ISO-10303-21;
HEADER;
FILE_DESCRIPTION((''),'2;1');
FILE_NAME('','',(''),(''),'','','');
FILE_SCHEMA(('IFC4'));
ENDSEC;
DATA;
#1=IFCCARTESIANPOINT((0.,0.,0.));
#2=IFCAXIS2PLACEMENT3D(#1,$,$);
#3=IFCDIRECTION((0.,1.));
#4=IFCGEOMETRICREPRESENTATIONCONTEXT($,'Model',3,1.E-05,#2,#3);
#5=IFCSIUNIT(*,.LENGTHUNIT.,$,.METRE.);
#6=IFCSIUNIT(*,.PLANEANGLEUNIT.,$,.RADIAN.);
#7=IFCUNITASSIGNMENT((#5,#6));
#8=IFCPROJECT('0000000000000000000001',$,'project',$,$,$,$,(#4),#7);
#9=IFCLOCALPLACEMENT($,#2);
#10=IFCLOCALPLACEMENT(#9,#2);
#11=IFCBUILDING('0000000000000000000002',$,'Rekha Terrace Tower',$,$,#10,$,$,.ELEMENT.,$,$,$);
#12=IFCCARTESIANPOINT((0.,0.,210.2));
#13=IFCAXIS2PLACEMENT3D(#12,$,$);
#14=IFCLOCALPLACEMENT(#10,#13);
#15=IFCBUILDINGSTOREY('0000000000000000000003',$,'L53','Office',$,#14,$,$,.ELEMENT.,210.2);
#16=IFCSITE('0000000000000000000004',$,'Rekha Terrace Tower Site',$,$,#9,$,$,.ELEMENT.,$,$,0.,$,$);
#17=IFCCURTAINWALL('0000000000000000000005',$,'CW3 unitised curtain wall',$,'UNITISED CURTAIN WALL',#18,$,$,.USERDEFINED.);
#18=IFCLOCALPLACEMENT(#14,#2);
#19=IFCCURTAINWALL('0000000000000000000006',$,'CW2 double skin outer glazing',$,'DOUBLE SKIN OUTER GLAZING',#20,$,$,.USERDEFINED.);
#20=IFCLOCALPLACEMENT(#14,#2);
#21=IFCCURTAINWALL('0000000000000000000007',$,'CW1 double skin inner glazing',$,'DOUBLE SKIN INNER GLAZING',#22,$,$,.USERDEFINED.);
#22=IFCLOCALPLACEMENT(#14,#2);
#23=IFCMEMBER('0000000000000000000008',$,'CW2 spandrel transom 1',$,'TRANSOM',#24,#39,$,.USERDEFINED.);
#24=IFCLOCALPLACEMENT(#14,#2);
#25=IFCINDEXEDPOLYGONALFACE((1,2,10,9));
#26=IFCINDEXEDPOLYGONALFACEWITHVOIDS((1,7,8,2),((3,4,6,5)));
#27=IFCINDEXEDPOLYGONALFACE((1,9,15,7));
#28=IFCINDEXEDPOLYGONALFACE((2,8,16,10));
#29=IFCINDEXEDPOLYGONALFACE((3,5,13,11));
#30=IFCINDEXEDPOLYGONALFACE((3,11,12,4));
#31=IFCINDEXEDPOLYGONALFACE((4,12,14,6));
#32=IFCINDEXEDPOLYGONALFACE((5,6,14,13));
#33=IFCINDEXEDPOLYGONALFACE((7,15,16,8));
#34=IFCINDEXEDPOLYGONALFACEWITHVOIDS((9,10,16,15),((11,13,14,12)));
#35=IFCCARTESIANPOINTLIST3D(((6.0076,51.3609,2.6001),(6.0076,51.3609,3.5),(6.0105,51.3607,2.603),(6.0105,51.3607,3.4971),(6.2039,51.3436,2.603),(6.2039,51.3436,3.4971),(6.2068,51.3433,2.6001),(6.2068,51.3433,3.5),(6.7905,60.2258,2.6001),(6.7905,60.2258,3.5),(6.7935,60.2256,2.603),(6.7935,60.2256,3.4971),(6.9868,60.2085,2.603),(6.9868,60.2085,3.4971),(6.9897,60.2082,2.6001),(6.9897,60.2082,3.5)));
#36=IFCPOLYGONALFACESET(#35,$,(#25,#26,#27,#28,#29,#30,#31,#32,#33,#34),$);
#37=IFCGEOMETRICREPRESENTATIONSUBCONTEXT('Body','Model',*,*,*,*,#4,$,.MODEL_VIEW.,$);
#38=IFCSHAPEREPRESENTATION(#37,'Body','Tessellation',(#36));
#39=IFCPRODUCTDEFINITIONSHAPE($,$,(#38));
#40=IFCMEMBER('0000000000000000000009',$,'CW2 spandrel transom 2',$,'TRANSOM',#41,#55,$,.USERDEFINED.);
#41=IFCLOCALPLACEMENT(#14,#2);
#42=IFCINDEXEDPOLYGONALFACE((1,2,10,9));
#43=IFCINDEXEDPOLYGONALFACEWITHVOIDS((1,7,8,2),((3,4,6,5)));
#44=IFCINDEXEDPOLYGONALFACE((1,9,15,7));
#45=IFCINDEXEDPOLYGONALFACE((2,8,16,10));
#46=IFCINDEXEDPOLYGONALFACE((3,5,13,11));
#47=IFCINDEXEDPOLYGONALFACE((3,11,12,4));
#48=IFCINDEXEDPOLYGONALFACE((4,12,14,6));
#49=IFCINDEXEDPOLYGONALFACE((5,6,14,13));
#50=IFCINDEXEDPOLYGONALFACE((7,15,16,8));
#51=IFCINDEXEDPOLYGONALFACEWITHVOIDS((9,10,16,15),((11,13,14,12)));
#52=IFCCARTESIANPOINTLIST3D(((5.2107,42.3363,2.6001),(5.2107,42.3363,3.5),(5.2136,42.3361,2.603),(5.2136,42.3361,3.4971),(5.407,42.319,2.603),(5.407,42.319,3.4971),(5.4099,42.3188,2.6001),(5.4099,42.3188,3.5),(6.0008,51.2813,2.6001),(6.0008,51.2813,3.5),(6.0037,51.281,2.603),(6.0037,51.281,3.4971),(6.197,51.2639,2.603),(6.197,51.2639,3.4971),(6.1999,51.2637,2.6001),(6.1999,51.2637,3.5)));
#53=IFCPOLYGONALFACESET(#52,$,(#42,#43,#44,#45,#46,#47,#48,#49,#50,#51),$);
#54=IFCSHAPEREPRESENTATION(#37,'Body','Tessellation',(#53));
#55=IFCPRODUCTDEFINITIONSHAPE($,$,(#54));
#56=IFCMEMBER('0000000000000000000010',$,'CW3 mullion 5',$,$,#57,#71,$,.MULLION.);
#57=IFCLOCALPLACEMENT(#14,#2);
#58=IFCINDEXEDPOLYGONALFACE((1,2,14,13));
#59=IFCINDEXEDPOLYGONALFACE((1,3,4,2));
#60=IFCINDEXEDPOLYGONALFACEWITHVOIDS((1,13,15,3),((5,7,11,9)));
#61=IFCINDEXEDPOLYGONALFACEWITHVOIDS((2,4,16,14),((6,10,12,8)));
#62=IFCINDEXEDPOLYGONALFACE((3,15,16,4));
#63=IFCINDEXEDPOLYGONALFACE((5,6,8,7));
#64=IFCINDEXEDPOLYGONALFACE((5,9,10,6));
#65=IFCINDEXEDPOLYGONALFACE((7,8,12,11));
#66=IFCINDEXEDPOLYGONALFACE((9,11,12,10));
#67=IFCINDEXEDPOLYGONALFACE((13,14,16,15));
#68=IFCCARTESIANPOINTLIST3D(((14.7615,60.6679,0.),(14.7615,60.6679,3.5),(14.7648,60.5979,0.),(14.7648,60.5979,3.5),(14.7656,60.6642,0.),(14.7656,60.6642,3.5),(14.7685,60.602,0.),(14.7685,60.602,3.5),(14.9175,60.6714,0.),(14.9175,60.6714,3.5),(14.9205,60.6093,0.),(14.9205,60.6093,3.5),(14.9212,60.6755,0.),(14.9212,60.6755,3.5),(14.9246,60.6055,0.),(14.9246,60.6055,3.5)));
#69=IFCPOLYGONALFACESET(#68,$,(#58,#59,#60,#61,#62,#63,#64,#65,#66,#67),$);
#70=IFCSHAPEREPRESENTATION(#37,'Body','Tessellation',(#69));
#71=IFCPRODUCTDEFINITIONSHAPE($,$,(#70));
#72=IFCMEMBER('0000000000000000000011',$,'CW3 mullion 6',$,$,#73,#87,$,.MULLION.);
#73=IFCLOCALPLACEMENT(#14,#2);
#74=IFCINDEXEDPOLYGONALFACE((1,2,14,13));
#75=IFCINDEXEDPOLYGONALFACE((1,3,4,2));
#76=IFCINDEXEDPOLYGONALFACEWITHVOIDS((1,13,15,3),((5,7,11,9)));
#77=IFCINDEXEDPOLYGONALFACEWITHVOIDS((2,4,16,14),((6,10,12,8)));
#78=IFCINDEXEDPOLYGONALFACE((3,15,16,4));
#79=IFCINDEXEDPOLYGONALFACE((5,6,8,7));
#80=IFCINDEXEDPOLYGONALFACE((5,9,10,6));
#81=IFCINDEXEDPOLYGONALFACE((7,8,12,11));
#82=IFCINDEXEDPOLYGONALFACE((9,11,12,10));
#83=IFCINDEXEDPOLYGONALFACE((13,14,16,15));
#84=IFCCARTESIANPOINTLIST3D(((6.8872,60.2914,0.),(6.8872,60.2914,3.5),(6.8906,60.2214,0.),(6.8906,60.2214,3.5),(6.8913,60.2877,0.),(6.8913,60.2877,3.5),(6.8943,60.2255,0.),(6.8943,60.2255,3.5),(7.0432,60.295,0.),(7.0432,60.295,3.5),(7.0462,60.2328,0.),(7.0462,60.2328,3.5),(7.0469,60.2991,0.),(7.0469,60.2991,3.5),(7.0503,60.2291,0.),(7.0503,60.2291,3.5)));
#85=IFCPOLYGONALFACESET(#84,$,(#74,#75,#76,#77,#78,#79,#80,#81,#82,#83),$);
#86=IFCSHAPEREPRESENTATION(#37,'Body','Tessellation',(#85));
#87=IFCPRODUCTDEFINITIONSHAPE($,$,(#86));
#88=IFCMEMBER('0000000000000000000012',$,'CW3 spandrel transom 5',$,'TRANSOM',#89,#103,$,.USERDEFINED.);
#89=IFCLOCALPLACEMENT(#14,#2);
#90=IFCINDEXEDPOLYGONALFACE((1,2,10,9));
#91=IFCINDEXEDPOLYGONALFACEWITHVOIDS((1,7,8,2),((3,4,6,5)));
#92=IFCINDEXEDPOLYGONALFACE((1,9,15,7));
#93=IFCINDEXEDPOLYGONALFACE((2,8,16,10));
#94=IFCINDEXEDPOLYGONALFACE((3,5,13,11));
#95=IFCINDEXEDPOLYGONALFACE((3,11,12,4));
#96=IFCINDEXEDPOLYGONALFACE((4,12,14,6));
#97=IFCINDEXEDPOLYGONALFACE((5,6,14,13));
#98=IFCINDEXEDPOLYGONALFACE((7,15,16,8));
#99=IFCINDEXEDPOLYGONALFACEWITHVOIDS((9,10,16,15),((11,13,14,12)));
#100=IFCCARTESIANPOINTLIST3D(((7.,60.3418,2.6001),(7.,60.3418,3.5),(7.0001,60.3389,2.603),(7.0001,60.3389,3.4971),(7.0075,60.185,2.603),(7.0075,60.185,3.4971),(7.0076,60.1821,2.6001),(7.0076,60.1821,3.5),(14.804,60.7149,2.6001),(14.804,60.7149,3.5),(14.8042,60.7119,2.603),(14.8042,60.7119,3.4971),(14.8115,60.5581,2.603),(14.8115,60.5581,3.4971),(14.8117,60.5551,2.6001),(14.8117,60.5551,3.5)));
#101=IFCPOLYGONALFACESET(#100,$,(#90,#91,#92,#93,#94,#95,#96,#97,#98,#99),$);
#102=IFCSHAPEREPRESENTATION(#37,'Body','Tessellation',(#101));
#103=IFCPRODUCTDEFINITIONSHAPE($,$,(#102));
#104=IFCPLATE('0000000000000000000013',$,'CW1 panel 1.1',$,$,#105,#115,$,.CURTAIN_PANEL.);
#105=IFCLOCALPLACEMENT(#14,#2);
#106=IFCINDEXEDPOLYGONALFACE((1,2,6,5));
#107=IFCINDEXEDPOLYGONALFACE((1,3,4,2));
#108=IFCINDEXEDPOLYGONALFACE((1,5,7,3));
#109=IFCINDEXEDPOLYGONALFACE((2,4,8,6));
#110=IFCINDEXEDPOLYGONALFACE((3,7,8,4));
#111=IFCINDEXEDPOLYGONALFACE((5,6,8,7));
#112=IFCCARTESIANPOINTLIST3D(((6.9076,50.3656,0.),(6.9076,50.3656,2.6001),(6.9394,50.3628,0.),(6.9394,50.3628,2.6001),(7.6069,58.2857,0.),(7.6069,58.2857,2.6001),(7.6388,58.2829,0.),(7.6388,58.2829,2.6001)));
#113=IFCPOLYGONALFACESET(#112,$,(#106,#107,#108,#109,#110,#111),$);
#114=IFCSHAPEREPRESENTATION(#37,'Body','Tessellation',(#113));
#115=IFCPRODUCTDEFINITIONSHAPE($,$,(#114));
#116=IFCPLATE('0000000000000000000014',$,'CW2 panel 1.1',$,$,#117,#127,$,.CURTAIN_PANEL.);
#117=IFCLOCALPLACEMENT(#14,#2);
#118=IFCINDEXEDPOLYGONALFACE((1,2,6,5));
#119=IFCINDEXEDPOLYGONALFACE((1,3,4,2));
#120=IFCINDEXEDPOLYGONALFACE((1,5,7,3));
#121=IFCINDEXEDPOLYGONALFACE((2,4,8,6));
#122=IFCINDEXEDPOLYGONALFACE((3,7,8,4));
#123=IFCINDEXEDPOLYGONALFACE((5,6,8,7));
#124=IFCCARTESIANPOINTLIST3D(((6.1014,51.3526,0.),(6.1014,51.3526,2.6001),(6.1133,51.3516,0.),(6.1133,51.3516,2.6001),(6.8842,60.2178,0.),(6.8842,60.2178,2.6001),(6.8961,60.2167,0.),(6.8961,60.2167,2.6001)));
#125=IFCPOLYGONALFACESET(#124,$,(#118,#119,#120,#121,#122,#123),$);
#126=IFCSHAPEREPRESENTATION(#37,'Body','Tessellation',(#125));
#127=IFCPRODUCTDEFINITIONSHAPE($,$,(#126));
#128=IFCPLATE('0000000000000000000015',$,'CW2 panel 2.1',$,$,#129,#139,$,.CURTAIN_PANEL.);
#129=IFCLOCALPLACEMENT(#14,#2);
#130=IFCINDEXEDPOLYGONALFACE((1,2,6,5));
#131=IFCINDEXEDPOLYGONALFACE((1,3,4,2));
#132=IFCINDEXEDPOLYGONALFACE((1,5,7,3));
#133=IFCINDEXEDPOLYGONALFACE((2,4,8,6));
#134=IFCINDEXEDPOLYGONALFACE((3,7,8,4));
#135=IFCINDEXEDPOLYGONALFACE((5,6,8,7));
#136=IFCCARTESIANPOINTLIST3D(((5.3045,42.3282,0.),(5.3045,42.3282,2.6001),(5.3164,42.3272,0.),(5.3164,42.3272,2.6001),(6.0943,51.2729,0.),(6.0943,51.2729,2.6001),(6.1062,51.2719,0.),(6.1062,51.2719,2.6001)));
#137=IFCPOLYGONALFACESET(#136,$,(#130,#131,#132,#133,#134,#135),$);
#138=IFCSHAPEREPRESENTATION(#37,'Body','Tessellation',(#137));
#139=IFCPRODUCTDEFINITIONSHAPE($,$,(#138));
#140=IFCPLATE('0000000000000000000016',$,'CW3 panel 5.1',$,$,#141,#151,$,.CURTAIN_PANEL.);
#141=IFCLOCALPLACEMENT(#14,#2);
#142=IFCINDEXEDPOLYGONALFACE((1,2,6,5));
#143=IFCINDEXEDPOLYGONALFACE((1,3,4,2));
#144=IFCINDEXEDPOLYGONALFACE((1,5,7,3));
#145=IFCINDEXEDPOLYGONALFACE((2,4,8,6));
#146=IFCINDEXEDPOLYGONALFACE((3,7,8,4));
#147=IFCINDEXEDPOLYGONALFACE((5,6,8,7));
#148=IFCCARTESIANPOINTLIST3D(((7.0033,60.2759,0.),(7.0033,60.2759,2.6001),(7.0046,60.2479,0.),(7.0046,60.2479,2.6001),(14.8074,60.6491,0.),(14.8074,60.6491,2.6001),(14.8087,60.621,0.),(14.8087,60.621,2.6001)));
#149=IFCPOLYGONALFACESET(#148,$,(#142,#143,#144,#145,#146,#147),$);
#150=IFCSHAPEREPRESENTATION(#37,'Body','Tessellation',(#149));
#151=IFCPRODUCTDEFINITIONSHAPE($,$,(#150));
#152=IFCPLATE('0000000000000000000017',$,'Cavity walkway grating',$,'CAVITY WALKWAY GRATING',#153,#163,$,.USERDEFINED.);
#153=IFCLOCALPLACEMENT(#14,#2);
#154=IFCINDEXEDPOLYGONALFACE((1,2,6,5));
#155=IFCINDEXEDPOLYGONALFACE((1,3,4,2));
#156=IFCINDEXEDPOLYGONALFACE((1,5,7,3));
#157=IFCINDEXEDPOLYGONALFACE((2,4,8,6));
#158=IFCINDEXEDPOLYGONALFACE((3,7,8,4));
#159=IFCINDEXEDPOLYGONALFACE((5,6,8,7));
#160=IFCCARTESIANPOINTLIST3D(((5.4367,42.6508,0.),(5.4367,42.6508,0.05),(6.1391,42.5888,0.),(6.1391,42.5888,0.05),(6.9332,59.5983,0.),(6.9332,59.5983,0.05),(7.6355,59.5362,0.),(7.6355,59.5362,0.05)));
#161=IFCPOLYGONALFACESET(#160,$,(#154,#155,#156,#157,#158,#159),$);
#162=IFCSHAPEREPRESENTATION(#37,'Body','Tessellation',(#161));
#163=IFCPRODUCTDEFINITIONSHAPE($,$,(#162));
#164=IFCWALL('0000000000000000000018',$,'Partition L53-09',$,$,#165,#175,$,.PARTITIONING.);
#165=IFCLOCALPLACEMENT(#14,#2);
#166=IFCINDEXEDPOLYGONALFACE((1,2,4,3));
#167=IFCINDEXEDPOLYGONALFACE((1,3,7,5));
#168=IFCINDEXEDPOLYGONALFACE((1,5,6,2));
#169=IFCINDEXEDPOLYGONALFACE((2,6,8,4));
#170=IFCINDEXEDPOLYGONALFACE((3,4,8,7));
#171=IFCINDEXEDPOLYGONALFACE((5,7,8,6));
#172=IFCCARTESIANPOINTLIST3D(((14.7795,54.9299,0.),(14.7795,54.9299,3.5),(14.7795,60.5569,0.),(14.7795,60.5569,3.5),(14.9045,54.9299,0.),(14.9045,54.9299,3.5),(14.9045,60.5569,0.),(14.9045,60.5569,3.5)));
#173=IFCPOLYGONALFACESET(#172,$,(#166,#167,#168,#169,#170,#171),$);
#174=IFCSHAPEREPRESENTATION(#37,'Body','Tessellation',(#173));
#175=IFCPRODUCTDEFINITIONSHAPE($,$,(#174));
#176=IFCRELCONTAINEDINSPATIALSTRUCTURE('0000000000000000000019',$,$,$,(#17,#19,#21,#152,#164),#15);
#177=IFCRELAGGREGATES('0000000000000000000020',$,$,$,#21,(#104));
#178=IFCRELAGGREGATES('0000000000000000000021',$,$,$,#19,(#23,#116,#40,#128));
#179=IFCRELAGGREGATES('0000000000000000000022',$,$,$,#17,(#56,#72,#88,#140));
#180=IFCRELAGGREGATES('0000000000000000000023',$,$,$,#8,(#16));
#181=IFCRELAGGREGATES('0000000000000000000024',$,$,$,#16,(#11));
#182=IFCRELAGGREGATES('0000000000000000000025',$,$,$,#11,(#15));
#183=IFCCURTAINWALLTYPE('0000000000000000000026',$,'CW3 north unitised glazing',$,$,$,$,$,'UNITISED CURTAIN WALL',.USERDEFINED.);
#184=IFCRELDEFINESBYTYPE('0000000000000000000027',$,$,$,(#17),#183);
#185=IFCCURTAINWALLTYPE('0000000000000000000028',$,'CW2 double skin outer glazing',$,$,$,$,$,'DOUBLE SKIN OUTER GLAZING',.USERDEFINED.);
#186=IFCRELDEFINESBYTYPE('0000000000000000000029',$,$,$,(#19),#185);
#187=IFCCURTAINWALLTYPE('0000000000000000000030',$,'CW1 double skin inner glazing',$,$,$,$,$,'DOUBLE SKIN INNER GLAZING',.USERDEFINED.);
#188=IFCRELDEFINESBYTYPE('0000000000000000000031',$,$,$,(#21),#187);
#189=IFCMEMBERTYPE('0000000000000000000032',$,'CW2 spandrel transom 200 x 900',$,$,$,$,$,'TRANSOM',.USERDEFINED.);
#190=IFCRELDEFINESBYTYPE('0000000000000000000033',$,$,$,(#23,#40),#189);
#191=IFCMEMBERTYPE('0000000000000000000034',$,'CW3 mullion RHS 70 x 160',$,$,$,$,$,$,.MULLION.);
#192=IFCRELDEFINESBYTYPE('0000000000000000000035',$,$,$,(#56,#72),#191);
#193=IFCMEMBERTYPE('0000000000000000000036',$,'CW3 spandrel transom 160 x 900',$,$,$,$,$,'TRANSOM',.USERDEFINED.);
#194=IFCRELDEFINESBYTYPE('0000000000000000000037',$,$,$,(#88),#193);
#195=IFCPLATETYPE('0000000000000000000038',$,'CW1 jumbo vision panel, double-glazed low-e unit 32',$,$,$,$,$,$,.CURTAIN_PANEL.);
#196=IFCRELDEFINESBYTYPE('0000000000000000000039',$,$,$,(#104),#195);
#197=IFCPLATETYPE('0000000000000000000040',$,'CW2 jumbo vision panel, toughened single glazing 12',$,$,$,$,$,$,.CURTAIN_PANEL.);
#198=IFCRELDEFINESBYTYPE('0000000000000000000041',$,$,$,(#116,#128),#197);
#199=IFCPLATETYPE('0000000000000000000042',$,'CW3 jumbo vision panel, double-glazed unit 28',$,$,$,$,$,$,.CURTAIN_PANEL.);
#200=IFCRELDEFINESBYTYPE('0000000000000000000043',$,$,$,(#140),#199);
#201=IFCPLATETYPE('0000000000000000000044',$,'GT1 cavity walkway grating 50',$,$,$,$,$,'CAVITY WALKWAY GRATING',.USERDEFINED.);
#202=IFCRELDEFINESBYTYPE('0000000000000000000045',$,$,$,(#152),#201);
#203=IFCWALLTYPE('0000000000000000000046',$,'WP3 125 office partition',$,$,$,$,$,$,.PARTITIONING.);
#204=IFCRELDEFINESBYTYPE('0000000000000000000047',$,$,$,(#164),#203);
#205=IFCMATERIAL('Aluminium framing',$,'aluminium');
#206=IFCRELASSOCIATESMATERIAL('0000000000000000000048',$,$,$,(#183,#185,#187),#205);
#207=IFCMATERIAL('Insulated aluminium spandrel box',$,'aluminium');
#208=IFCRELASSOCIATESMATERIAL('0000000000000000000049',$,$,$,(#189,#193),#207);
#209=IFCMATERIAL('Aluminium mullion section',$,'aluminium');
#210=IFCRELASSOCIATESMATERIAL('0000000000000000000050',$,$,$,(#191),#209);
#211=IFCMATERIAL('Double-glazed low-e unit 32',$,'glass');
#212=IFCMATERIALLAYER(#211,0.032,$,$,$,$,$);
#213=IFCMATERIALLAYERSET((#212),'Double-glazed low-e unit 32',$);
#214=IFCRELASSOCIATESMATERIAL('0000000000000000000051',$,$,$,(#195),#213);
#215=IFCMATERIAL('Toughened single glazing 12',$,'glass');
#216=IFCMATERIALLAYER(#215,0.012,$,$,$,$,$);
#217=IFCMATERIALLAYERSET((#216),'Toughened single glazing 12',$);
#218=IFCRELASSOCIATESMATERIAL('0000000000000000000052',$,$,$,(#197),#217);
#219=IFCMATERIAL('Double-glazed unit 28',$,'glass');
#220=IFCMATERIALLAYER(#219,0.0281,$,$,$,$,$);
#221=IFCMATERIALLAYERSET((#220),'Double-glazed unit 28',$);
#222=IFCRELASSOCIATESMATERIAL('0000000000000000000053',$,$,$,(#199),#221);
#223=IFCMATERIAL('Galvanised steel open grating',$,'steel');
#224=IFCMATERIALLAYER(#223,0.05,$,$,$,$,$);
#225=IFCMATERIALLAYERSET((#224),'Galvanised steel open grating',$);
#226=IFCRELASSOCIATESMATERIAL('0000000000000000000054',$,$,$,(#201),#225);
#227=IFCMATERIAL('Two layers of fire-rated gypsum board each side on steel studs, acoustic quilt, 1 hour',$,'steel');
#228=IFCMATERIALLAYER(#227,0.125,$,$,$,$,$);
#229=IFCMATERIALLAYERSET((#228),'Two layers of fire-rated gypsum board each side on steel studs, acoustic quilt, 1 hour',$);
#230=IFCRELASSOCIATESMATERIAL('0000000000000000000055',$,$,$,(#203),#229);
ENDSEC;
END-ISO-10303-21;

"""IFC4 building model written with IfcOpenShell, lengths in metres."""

from ifc_helpers import new_model, si_unit, direction, frame, frame_2d, origin, origin_2d, place, context, subcontext, project, spatial, rectangle, hollow_rectangle, extrude, material, layer, layer_set, material_profile, profile_set, type_object, element, aggregate, save


model = new_model("IFC4")

# Units and contexts
model_context = context("Model", 3, precision=1e-05, world=origin(), true_north=direction((0.0, 1.0)))
body_context = subcontext(model_context, "Body", "Model", "MODEL_VIEW")
ifc_project = project(units=[si_unit("LENGTHUNIT", "METRE"), si_unit("PLANEANGLEUNIT", "RADIAN")], contexts=[model_context])

# Site, building, storey
site_placement = place(None, origin())
site = spatial("IfcSite", under=ifc_project, at=site_placement, Name="Rekha Terrace Tower Site", CompositionType="ELEMENT", RefElevation=0.0)
building_placement = place(site_placement, origin())
building = spatial("IfcBuilding", under=site, at=building_placement, Name="Rekha Terrace Tower", CompositionType="ELEMENT")
storey_placement = place(building_placement, frame((0.0, 0.0, 210.2)))
storey = spatial("IfcBuildingStorey", under=building, at=storey_placement, Name="L53", Description="Office", CompositionType="ELEMENT", Elevation=210.2)

# Curtain walls
ifc_material_1 = material(Name="Aluminium framing", Category="aluminium")
curtain_wall_type_1 = type_object("IfcCurtainWallType", Name="CW3 north unitised glazing", ElementType="UNITISED CURTAIN WALL", PredefinedType="USERDEFINED", material=ifc_material_1)
curtain_wall_1_placement = place(storey_placement, origin())
curtain_wall_1 = element("IfcCurtainWall", 1, at=curtain_wall_1_placement, inside=storey, type_object=curtain_wall_type_1, Name="CW3 unitised curtain wall", ObjectType="UNITISED CURTAIN WALL", PredefinedType="USERDEFINED")
curtain_wall_type_2 = type_object("IfcCurtainWallType", Name="CW2 double skin outer glazing", ElementType="DOUBLE SKIN OUTER GLAZING", PredefinedType="USERDEFINED", material=ifc_material_1)
curtain_wall_2_placement = place(storey_placement, origin())
curtain_wall_2 = element("IfcCurtainWall", 2, at=curtain_wall_2_placement, inside=storey, type_object=curtain_wall_type_2, Name="CW2 double skin outer glazing", ObjectType="DOUBLE SKIN OUTER GLAZING", PredefinedType="USERDEFINED")

# Curtain wall
curtain_wall_type_3 = type_object("IfcCurtainWallType", Name="CW1 double skin inner glazing", ElementType="DOUBLE SKIN INNER GLAZING", PredefinedType="USERDEFINED", material=ifc_material_1)
curtain_wall_3_placement = place(storey_placement, origin())
curtain_wall_3 = element("IfcCurtainWall", 3, at=curtain_wall_3_placement, inside=storey, type_object=curtain_wall_type_3, Name="CW1 double skin inner glazing", ObjectType="DOUBLE SKIN INNER GLAZING", PredefinedType="USERDEFINED")
ifc_material_2 = material(Name="Aluminium mullion section", Category="aluminium")
ifc_material_3 = material(Name="Insulated aluminium spandrel box", Category="aluminium")

# Members
ifc_material_profile_1 = material_profile(ifc_material_3, hollow_rectangle(XDim=0.2, YDim=0.8999, WallThickness=0.0029, at=origin_2d()), Name="AL SPANDREL BOX 200x900")
ifc_profile_set_1 = profile_set([ifc_material_profile_1], Name="Insulated aluminium spandrel box")
member_type_1 = type_object("IfcMemberType", Name="CW2 spandrel transom 200 x 900", ElementType="TRANSOM", PredefinedType="USERDEFINED", material=ifc_profile_set_1)
member_1_placement = place(storey_placement, frame((6.8901, 60.217, 3.05), z_axis=(-0.087978, -0.996122, 0.0), x_axis=(0.996122, -0.087978, 0.0)))
member_1 = element("IfcMember", 4, at=member_1_placement, type_object=member_type_1, Name="CW2 spandrel transom 1", ObjectType="TRANSOM", PredefinedType="USERDEFINED", context=body_context, shape_type="SweptSolid", body=[
    extrude(hollow_rectangle(XDim=0.2, YDim=0.8999, WallThickness=0.0029, at=origin_2d()), origin(), (0.0, 0.0, 1.0), 8.8994),
])
member_2_placement = place(storey_placement, frame((6.1003, 51.2725, 3.05), z_axis=(-0.087981, -0.996122, 0.0), x_axis=(0.996122, -0.087981, 0.0)))
member_2 = element("IfcMember", 5, at=member_2_placement, type_object=member_type_1, Name="CW2 spandrel transom 2", ObjectType="TRANSOM", PredefinedType="USERDEFINED", context=body_context, shape_type="SweptSolid", body=[
    extrude(hollow_rectangle(XDim=0.2, YDim=0.8999, WallThickness=0.0029, at=origin_2d()), origin(), (0.0, 0.0, 1.0), 8.9797),
])
ifc_material_profile_2 = material_profile(ifc_material_2, hollow_rectangle(XDim=0.0701, YDim=0.1599, WallThickness=0.0039, at=origin_2d()), Name="AL RHS 70x160")
ifc_profile_set_2 = profile_set([ifc_material_profile_2], Name="Aluminium mullion section")
member_type_2 = type_object("IfcMemberType", Name="CW3 mullion RHS 70 x 160", PredefinedType="MULLION", material=ifc_profile_set_2)
member_3_placement = place(storey_placement, frame((14.843, 60.6367, 0.0), z_axis=(0.0, 0.0, 1.0), x_axis=(0.047759, -0.998859, 0.0)))
member_3 = element("IfcMember", 6, at=member_3_placement, type_object=member_type_2, Name="CW3 mullion 5", PredefinedType="MULLION", context=body_context, shape_type="SweptSolid", body=[
    extrude(hollow_rectangle(XDim=0.0701, YDim=0.1599, WallThickness=0.0039, at=origin_2d()), origin(), (0.0, 0.0, 1.0), 3.5),
])
member_4_placement = place(storey_placement, frame((6.9688, 60.2603, 0.0), z_axis=(0.0, 0.0, 1.0), x_axis=(0.047759, -0.998859, 0.0)))
member_4 = element("IfcMember", 7, at=member_4_placement, type_object=member_type_2, Name="CW3 mullion 6", PredefinedType="MULLION", context=body_context, shape_type="SweptSolid", body=[
    extrude(hollow_rectangle(XDim=0.0701, YDim=0.1599, WallThickness=0.0039, at=origin_2d()), origin(), (0.0, 0.0, 1.0), 3.5),
])
ifc_material_profile_3 = material_profile(ifc_material_3, hollow_rectangle(XDim=0.1599, YDim=0.8999, WallThickness=0.0029, at=origin_2d()), Name="AL SPANDREL BOX 160x900")
ifc_profile_set_3 = profile_set([ifc_material_profile_3], Name="Insulated aluminium spandrel box")
member_type_3 = type_object("IfcMemberType", Name="CW3 spandrel transom 160 x 900", ElementType="TRANSOM", PredefinedType="USERDEFINED", material=ifc_profile_set_3)
member_5_placement = place(storey_placement, frame((14.8079, 60.635, 3.05), z_axis=(-0.998859, -0.047748, 0.0), x_axis=(0.047748, -0.998859, 0.0)))
member_5 = element("IfcMember", 8, at=member_5_placement, type_object=member_type_3, Name="CW3 spandrel transom 5", ObjectType="TRANSOM", PredefinedType="USERDEFINED", context=body_context, shape_type="SweptSolid", body=[
    extrude(hollow_rectangle(XDim=0.1599, YDim=0.8999, WallThickness=0.0029, at=origin_2d()), origin(), (0.0, 0.0, 1.0), 7.813),
])

# Plates
ifc_material_4 = material(Name="Double-glazed low-e unit 32", Category="glass")
ifc_layer_1 = layer(ifc_material_4, 0.032)
ifc_layer_set_1 = layer_set([ifc_layer_1], Name="Double-glazed low-e unit 32")
plate_type_1 = type_object("IfcPlateType", Name="CW1 jumbo vision panel, double-glazed low-e unit 32", PredefinedType="CURTAIN_PANEL", material=ifc_layer_set_1)
plate_1_placement = place(storey_placement, frame((7.2732, 54.3242, 0.0), z_axis=(0.0, 0.0, 1.0), x_axis=(-0.087958, -0.996124, 0.0)))
plate_1 = element("IfcPlate", 9, at=plate_1_placement, type_object=plate_type_1, Name="CW1 panel 1.1", PredefinedType="CURTAIN_PANEL", context=body_context, shape_type="SweptSolid", body=[
    extrude(rectangle(XDim=7.9509, YDim=0.032, at=origin_2d()), origin(), (0.0, 0.0, 1.0), 2.6001),
])
aggregate(curtain_wall_3, [plate_1])
ifc_material_5 = material(Name="Toughened single glazing 12", Category="glass")
ifc_layer_2 = layer(ifc_material_5, 0.012)
ifc_layer_set_2 = layer_set([ifc_layer_2], Name="Toughened single glazing 12")
plate_type_2 = type_object("IfcPlateType", Name="CW2 jumbo vision panel, toughened single glazing 12", PredefinedType="CURTAIN_PANEL", material=ifc_layer_set_2)
plate_2_placement = place(storey_placement, frame((6.4988, 55.7847, 0.0), z_axis=(0.0, 0.0, 1.0), x_axis=(-0.087958, -0.996124, 0.0)))
plate_2 = element("IfcPlate", 10, at=plate_2_placement, type_object=plate_type_2, Name="CW2 panel 1.1", PredefinedType="CURTAIN_PANEL", context=body_context, shape_type="SweptSolid", body=[
    extrude(rectangle(XDim=8.8997, YDim=0.012, at=origin_2d()), origin(), (0.0, 0.0, 1.0), 2.6001),
])
plate_3_placement = place(storey_placement, frame((5.7053, 46.8, 0.0), z_axis=(0.0, 0.0, 1.0), x_axis=(-0.087958, -0.996124, 0.0)))
plate_3 = element("IfcPlate", 11, at=plate_3_placement, type_object=plate_type_2, Name="CW2 panel 2.1", PredefinedType="CURTAIN_PANEL", context=body_context, shape_type="SweptSolid", body=[
    extrude(rectangle(XDim=8.9795, YDim=0.012, at=origin_2d()), origin(), (0.0, 0.0, 1.0), 2.6001),
])
aggregate(curtain_wall_2, [member_1, plate_2, member_2, plate_3])
ifc_material_6 = material(Name="Double-glazed unit 28", Category="glass")
ifc_layer_3 = layer(ifc_material_6, 0.0281)
ifc_layer_set_3 = layer_set([ifc_layer_3], Name="Double-glazed unit 28")
plate_type_3 = type_object("IfcPlateType", Name="CW3 jumbo vision panel, double-glazed unit 28", PredefinedType="CURTAIN_PANEL", material=ifc_layer_set_3)
plate_4_placement = place(storey_placement, frame((10.906, 60.4485, 0.0), z_axis=(0.0, 0.0, 1.0), x_axis=(-0.998859, -0.047759, 0.0)))
plate_4 = element("IfcPlate", 12, at=plate_4_placement, type_object=plate_type_3, Name="CW3 panel 5.1", PredefinedType="CURTAIN_PANEL", context=body_context, shape_type="SweptSolid", body=[
    extrude(rectangle(XDim=7.813, YDim=0.0281, at=origin_2d()), origin(), (0.0, 0.0, 1.0), 2.6001),
])
aggregate(curtain_wall_1, [member_3, member_4, member_5, plate_4])
ifc_material_7 = material(Name="Galvanised steel open grating", Category="steel")
ifc_layer_4 = layer(ifc_material_7, 0.05)
ifc_layer_set_4 = layer_set([ifc_layer_4], Name="Galvanised steel open grating")
plate_type_4 = type_object("IfcPlateType", Name="GT1 cavity walkway grating 50", ElementType="CAVITY WALKWAY GRATING", PredefinedType="USERDEFINED", material=ifc_layer_set_4)
plate_5_placement = place(storey_placement, frame((6.5361, 51.0935, 0.0), z_axis=(0.0, 0.0, 1.0), x_axis=(-0.087958, -0.996124, 0.0)))
element("IfcPlate", 13, at=plate_5_placement, inside=storey, type_object=plate_type_4, Name="Cavity walkway grating", ObjectType="CAVITY WALKWAY GRATING", PredefinedType="USERDEFINED", context=body_context, shape_type="SweptSolid", body=[
    extrude(rectangle(XDim=17.0134, YDim=0.7051, at=origin_2d()), origin(), (0.0, 0.0, 1.0), 0.05),
])

# Wall
ifc_material_8 = material(Name="Two layers of fire-rated gypsum board each side on steel studs, acoustic quilt, 1 hour", Category="steel")
ifc_layer_5 = layer(ifc_material_8, 0.125)
ifc_layer_set_5 = layer_set([ifc_layer_5], Name="Two layers of fire-rated gypsum board each side on steel studs, acoustic quilt, 1 hour")
wall_type = type_object("IfcWallType", Name="WP3 125 office partition", PredefinedType="PARTITIONING", material=ifc_layer_set_5)
wall_1_placement = place(storey_placement, frame((14.842, 60.5569, 0.0), z_axis=(0.0, 0.0, 1.0), x_axis=(0.0, -1.0, 0.0)))
element("IfcWall", 14, at=wall_1_placement, inside=storey, type_object=wall_type, Name="Partition L53-09", PredefinedType="PARTITIONING", context=body_context, shape_type="SweptSolid", body=[
    extrude(rectangle(XDim=5.627, YDim=0.125, at=frame_2d((2.8135, 0.0))), origin(), (0.0, 0.0, 1.0), 3.5),
])

save(model, "model.ifc")
